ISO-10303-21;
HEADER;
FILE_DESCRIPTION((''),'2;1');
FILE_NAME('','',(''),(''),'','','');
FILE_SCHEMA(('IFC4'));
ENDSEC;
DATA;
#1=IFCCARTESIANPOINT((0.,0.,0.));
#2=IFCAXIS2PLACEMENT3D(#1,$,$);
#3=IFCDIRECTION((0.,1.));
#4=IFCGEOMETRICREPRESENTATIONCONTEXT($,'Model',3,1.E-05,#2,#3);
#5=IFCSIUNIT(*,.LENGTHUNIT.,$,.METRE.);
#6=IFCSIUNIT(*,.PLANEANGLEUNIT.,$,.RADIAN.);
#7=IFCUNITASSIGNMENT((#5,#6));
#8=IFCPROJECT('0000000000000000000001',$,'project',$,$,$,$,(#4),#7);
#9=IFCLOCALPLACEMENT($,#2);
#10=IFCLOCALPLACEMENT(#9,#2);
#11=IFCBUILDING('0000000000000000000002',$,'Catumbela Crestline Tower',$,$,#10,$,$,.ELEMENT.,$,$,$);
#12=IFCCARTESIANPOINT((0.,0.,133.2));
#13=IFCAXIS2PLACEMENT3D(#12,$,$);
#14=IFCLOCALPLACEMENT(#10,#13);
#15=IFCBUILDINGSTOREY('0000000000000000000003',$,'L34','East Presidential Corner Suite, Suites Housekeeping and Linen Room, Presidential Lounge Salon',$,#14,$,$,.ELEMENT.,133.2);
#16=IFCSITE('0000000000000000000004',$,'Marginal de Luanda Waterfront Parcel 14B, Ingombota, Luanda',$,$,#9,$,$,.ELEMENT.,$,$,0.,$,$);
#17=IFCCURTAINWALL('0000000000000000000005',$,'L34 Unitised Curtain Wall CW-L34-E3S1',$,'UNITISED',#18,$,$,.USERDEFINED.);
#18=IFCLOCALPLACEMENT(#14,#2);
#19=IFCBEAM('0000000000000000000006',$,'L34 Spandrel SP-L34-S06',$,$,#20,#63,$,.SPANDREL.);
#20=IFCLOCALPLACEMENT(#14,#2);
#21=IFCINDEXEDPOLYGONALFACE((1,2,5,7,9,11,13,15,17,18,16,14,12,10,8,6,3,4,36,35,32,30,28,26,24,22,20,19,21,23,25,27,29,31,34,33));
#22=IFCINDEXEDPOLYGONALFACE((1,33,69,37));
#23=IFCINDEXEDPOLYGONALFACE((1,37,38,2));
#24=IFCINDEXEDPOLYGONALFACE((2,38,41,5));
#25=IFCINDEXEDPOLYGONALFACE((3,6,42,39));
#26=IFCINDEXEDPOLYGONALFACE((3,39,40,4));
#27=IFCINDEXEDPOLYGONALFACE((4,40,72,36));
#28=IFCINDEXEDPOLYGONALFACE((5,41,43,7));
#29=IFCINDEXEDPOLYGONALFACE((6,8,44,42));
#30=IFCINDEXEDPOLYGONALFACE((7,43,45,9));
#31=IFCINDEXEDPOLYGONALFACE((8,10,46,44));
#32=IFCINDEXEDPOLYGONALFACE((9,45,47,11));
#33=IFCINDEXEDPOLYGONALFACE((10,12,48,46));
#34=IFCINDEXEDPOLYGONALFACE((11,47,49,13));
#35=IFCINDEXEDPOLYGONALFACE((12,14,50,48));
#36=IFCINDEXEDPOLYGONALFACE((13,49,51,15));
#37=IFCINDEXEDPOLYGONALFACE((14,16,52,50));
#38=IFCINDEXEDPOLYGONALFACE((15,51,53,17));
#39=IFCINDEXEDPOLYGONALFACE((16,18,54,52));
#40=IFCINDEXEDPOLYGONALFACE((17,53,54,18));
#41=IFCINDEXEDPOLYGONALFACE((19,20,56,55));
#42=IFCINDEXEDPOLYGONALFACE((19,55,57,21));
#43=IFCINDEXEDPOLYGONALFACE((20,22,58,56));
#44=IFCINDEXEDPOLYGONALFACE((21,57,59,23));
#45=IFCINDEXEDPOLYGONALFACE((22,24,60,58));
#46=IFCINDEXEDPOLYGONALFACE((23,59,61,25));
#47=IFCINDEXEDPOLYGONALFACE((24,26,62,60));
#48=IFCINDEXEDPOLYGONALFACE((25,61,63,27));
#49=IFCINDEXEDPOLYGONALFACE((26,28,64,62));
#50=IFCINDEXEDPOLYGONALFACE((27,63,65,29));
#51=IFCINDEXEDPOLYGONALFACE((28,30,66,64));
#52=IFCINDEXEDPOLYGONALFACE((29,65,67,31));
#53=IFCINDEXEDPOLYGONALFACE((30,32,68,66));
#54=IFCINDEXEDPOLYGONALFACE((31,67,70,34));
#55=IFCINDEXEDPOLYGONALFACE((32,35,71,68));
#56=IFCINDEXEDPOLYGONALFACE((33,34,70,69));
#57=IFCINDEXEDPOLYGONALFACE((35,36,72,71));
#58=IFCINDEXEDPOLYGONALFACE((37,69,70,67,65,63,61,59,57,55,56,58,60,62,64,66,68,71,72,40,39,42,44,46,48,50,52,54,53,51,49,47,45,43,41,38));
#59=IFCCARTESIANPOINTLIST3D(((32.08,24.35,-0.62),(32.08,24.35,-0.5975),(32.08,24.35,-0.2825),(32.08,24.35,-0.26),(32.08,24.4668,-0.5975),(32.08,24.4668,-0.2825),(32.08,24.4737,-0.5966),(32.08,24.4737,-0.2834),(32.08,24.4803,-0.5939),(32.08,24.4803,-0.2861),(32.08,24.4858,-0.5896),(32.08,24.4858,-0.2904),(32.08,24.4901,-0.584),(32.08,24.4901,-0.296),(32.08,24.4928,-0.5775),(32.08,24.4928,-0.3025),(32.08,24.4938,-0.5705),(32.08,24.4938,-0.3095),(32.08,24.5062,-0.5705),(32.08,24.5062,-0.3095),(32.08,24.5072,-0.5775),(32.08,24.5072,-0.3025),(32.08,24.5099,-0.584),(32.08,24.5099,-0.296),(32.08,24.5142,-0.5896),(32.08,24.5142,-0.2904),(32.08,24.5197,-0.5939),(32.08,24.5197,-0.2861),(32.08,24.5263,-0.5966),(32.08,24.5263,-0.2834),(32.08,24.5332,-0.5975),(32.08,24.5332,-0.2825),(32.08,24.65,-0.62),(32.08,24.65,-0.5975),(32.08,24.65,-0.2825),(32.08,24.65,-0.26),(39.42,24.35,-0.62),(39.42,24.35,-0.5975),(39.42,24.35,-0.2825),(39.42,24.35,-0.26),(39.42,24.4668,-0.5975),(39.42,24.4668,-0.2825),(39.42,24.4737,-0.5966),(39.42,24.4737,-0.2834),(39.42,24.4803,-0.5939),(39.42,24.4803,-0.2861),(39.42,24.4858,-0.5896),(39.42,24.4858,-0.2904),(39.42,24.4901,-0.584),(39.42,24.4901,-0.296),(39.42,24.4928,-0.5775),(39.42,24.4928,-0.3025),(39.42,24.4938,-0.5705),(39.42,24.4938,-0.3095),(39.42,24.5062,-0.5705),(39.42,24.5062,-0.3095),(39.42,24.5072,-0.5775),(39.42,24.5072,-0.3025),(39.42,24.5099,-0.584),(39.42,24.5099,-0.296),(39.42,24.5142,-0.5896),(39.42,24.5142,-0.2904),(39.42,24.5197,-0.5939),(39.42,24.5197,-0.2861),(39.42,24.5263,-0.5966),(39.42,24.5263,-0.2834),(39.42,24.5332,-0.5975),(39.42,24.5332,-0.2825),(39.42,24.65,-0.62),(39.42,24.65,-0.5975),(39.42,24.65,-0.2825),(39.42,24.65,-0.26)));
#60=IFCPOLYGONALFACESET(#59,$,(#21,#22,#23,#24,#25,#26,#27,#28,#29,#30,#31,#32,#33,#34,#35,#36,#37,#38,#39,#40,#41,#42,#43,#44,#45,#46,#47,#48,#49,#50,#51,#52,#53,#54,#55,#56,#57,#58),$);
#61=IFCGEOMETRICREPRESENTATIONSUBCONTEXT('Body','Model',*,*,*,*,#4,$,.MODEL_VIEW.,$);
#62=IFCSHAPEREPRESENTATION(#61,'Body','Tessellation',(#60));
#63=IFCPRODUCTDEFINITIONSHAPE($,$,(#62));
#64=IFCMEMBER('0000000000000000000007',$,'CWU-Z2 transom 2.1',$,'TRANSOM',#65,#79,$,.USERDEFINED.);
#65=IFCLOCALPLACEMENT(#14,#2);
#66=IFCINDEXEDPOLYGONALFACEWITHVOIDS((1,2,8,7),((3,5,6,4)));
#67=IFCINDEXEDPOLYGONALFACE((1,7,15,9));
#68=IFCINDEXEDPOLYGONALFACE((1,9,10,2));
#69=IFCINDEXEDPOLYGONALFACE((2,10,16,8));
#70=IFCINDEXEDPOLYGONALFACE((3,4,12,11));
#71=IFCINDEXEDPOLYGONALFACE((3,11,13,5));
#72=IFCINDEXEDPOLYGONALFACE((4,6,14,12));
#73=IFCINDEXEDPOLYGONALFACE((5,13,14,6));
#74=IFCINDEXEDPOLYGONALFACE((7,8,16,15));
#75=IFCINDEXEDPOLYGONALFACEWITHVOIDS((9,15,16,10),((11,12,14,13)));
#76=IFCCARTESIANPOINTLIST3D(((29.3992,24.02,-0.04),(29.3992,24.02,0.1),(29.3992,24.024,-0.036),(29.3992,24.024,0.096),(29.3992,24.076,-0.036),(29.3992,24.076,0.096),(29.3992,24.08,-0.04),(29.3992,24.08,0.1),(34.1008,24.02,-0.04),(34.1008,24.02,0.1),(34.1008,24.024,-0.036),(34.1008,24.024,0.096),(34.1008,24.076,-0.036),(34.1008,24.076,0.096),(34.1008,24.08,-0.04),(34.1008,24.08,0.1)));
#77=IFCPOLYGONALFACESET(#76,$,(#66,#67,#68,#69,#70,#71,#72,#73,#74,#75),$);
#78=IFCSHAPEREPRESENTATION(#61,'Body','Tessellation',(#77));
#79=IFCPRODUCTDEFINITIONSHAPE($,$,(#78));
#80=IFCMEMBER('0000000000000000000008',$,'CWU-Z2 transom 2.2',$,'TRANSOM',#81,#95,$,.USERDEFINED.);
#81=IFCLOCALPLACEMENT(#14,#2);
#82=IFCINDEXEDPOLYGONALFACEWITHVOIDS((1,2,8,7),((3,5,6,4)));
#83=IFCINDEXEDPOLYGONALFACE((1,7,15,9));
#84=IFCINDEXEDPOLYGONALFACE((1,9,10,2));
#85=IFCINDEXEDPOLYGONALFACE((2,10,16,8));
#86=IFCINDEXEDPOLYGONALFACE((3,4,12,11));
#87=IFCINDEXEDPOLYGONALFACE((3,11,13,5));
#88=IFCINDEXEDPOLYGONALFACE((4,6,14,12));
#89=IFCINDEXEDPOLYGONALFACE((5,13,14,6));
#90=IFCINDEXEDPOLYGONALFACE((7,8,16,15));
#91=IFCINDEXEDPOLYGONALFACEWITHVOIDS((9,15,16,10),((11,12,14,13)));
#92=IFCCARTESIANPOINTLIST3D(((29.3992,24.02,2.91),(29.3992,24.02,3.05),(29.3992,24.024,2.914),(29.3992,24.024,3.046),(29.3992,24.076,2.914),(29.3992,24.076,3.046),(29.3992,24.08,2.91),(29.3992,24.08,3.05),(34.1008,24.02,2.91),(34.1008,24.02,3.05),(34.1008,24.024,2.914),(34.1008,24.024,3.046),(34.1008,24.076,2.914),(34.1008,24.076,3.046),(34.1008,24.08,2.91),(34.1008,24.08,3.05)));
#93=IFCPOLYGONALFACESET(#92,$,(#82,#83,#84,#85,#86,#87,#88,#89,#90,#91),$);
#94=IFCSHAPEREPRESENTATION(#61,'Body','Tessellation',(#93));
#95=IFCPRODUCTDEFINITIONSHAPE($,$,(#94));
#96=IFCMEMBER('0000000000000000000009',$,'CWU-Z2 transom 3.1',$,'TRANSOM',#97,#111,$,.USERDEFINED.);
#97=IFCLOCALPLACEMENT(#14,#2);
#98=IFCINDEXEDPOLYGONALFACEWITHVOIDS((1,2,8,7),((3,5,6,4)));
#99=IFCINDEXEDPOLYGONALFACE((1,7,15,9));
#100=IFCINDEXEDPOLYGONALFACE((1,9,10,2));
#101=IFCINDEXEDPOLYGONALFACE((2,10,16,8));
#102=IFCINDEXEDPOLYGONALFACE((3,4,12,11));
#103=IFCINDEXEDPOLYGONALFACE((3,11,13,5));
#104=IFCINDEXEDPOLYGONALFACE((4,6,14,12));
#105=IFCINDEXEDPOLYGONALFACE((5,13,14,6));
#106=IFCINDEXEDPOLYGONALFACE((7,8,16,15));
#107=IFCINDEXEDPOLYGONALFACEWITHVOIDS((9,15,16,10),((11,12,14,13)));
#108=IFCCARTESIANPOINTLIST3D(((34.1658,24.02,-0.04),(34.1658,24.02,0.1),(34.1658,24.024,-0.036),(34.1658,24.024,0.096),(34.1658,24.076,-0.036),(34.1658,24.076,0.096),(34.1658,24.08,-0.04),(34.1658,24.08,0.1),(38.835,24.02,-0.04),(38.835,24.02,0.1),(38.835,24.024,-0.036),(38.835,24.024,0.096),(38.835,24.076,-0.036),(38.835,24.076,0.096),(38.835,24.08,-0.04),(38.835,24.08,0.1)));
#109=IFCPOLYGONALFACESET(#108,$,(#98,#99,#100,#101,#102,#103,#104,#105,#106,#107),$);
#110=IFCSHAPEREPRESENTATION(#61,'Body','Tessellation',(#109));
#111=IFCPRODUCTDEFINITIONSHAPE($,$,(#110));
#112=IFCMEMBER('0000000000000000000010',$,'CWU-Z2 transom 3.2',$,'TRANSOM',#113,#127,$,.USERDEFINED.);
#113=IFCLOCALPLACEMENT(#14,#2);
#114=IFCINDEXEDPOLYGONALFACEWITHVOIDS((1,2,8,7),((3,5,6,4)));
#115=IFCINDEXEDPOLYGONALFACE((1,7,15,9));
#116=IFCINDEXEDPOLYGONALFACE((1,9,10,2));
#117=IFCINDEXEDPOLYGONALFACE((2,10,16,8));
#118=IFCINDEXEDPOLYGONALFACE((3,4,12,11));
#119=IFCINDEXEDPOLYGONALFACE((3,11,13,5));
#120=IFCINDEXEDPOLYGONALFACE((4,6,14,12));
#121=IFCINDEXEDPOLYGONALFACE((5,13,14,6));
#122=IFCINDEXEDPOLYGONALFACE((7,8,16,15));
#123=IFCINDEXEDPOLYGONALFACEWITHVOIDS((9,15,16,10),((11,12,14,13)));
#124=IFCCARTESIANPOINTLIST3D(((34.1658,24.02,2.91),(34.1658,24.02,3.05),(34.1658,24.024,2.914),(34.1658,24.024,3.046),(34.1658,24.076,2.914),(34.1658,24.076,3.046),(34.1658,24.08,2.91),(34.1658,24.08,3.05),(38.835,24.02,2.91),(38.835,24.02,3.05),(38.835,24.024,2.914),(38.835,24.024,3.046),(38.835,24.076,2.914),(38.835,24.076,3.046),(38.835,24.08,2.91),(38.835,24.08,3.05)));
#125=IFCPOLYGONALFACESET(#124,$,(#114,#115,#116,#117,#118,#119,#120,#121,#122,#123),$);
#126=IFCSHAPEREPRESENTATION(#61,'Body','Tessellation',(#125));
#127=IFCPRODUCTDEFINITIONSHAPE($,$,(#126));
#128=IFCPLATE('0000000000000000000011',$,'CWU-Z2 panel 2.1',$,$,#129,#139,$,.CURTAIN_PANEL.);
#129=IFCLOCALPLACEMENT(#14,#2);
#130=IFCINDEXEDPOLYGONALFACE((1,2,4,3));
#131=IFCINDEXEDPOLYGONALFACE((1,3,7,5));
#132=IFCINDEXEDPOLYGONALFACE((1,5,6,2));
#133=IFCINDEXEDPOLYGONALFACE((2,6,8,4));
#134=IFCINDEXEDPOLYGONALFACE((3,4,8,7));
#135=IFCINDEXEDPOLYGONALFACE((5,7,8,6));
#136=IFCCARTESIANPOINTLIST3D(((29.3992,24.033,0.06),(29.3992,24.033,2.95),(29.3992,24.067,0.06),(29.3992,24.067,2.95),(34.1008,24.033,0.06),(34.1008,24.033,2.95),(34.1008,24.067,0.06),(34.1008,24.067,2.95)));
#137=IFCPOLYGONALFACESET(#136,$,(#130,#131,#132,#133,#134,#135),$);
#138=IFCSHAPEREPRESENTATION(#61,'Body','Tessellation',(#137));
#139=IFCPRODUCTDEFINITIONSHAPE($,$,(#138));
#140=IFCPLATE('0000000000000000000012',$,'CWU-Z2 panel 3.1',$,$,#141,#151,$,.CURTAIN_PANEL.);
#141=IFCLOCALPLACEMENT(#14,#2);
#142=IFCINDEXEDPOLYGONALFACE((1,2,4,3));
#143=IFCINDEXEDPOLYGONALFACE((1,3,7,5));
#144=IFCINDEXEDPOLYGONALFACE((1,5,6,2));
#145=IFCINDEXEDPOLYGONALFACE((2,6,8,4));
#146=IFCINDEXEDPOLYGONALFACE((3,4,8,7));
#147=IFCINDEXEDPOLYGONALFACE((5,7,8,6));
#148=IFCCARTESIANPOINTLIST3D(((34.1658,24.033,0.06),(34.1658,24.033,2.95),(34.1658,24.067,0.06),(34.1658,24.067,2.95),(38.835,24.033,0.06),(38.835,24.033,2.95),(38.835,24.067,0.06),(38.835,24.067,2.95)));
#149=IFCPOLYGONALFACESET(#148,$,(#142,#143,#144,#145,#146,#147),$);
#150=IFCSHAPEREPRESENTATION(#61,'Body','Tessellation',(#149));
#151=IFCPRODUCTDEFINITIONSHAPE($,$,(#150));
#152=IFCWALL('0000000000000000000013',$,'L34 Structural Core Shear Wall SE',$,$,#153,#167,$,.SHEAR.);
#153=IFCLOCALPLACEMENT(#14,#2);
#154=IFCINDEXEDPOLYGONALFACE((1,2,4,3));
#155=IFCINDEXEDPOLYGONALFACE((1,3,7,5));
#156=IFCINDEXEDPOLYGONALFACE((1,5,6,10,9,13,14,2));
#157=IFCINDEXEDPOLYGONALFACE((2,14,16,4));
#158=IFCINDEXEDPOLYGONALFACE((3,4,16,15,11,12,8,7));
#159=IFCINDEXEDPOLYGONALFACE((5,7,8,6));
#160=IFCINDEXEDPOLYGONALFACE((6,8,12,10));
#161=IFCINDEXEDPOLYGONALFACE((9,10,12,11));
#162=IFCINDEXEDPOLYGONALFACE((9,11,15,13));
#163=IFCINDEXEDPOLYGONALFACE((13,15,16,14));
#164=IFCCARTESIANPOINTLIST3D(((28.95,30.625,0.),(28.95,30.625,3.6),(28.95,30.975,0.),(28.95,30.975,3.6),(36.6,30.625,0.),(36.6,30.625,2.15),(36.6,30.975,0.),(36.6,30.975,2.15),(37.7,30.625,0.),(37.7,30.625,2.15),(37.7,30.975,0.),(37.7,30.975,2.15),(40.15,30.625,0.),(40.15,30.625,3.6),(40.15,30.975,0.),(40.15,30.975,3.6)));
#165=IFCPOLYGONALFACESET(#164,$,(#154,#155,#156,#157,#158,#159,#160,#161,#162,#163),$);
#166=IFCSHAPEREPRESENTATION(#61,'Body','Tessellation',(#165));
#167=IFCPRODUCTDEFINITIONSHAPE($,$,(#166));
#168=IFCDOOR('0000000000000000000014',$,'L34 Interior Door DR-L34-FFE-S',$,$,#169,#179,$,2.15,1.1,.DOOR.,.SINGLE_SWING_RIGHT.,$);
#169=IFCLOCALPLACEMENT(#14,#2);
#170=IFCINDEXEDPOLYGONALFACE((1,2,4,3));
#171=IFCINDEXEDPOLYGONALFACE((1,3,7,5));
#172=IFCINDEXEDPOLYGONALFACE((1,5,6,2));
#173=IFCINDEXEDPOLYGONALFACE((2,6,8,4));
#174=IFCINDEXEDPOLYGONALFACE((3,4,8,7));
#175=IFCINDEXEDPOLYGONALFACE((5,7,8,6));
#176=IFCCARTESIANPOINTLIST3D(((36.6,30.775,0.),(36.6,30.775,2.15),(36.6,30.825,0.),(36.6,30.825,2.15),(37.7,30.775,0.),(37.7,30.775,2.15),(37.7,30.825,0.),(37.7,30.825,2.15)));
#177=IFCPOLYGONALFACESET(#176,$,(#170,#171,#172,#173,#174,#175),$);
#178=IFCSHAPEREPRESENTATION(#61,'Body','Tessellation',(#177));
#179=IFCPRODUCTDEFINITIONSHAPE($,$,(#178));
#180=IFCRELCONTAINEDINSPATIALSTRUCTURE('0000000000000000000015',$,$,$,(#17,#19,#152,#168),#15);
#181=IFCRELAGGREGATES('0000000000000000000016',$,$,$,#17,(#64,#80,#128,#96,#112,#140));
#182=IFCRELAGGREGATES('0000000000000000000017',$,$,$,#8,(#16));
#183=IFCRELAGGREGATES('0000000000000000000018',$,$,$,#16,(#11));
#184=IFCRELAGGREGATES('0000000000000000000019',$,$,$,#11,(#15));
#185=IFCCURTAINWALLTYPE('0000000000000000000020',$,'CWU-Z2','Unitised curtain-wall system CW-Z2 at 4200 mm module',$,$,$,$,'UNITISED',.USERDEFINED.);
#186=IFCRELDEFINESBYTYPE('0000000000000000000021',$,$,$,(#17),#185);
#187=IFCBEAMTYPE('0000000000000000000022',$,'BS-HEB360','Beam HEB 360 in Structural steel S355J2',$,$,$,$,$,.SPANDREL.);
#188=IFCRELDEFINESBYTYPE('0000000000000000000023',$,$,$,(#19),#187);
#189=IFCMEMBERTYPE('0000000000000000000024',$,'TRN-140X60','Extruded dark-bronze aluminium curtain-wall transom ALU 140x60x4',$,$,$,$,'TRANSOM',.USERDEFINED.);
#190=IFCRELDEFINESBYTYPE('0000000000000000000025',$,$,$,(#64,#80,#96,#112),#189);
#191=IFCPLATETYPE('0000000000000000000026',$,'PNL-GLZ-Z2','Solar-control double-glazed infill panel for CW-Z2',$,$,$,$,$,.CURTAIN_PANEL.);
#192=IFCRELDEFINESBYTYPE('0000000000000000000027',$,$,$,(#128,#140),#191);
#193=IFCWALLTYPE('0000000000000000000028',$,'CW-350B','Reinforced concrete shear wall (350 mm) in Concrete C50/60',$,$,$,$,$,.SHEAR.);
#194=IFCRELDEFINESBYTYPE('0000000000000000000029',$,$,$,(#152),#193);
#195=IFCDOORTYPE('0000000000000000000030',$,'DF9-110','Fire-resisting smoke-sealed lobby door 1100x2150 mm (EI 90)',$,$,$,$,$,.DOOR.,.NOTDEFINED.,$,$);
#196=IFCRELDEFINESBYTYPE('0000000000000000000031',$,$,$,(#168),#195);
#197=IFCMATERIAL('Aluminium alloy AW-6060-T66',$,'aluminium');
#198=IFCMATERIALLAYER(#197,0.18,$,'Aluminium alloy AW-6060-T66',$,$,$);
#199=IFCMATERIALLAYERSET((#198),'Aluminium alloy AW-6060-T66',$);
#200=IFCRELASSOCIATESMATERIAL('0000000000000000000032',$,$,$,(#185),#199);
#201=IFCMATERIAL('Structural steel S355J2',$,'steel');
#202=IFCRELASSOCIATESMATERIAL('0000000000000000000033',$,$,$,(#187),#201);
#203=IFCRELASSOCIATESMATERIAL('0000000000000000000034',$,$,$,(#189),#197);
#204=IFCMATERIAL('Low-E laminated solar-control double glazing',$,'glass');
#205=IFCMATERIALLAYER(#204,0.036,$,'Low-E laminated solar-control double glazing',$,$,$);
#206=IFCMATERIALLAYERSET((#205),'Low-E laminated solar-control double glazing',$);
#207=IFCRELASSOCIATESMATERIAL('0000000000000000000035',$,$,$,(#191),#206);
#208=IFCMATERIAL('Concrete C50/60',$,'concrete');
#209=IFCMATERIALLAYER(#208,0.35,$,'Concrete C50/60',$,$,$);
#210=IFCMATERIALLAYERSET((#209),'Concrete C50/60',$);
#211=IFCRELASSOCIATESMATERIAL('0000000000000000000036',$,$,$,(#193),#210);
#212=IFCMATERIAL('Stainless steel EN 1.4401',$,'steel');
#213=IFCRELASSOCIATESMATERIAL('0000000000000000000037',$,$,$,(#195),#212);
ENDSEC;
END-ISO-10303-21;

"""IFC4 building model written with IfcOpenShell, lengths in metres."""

from ifc_helpers import new_model, si_unit, direction, frame, frame_2d, origin, origin_2d, place, context, subcontext, project, spatial, rectangle, hollow_rectangle, i_section, extrude, material, layer, layer_set, material_profile, profile_set, type_object, element, fill, aggregate, save


model = new_model("IFC4")

# Units and contexts
model_context = context("Model", 3, precision=1e-05, world=origin(), true_north=direction((0.0, 1.0)))
body_context = subcontext(model_context, "Body", "Model", "MODEL_VIEW")
ifc_project = project(units=[si_unit("LENGTHUNIT", "METRE"), si_unit("PLANEANGLEUNIT", "RADIAN")], contexts=[model_context])

# Site, building, storey
site_placement = place(None, origin())
site = spatial("IfcSite", under=ifc_project, at=site_placement, Name="Marginal de Luanda Waterfront Parcel 14B, Ingombota, Luanda", CompositionType="ELEMENT", RefElevation=0.0)
building_placement = place(site_placement, origin())
building = spatial("IfcBuilding", under=site, at=building_placement, Name="Catumbela Crestline Tower", CompositionType="ELEMENT")
storey_placement = place(building_placement, frame((0.0, 0.0, 133.2)))
storey = spatial("IfcBuildingStorey", under=building, at=storey_placement, Name="L34", Description="East Presidential Corner Suite, Suites Housekeeping and Linen Room, Presidential Lounge Salon", CompositionType="ELEMENT", Elevation=133.2)

# Shared definitions
ifc_material_1 = material(Name="Structural steel S355J2", Category="steel")

# Curtain wall
ifc_material_2 = material(Name="Aluminium alloy AW-6060-T66", Category="aluminium")
ifc_layer_1 = layer(ifc_material_2, 0.18, Name="Aluminium alloy AW-6060-T66")
ifc_layer_set_1 = layer_set([ifc_layer_1], Name="Aluminium alloy AW-6060-T66")
curtain_wall_type = type_object("IfcCurtainWallType", Name="CWU-Z2", Description="Unitised curtain-wall system CW-Z2 at 4200 mm module", ElementType="UNITISED", PredefinedType="USERDEFINED", material=ifc_layer_set_1)
curtain_wall_placement = place(storey_placement, origin())
curtain_wall = element("IfcCurtainWall", 1, at=curtain_wall_placement, inside=storey, type_object=curtain_wall_type, Name="L34 Unitised Curtain Wall CW-L34-E3S1", ObjectType="UNITISED", PredefinedType="USERDEFINED")

# Beam
ifc_material_profile_1 = material_profile(ifc_material_1, i_section(OverallWidth=0.3, OverallDepth=0.36, WebThickness=0.0125, FlangeThickness=0.0225, FilletRadius=0.027, at=origin_2d()), Name="HEB 360")
ifc_profile_set_1 = profile_set([ifc_material_profile_1], Name="Structural steel S355J2")
beam_type_1 = type_object("IfcBeamType", Name="BS-HEB360", Description="Beam HEB 360 in Structural steel S355J2", PredefinedType="SPANDREL", material=ifc_profile_set_1)
beam_placement = place(storey_placement, frame((32.08, 24.5, -0.44), z_axis=(1.0, 0.0, 0.0), x_axis=(0.0, 1.0, 0.0)))
element("IfcBeam", 2, at=beam_placement, inside=storey, type_object=beam_type_1, Name="L34 Spandrel SP-L34-S06", PredefinedType="SPANDREL", context=body_context, shape_type="SweptSolid", body=[
    extrude(i_section(OverallWidth=0.3, OverallDepth=0.36, WebThickness=0.0125, FlangeThickness=0.0225, FilletRadius=0.027, at=origin_2d()), origin(), (0.0, 0.0, 1.0), 7.34),
])

# Members
ifc_material_profile_2 = material_profile(ifc_material_2, hollow_rectangle(XDim=0.06, YDim=0.14, WallThickness=0.004, at=origin_2d()), Name="ALU 140x60x4")
ifc_profile_set_2 = profile_set([ifc_material_profile_2], Name="Aluminium alloy AW-6060-T66")
member_type_1 = type_object("IfcMemberType", Name="TRN-140X60", Description="Extruded dark-bronze aluminium curtain-wall transom ALU 140x60x4", ElementType="TRANSOM", PredefinedType="USERDEFINED", material=ifc_profile_set_2)
member_1_placement = place(storey_placement, frame((29.3992, 24.05, 0.03), z_axis=(1.0, 0.0, 0.0), x_axis=(0.0, 1.0, 0.0)))
member_1 = element("IfcMember", 3, at=member_1_placement, type_object=member_type_1, Name="CWU-Z2 transom 2.1", ObjectType="TRANSOM", PredefinedType="USERDEFINED", context=body_context, shape_type="SweptSolid", body=[
    extrude(hollow_rectangle(XDim=0.06, YDim=0.14, WallThickness=0.004, at=origin_2d()), origin(), (0.0, 0.0, 1.0), 4.7016),
])
member_2_placement = place(storey_placement, frame((29.3992, 24.05, 2.98), z_axis=(1.0, 0.0, 0.0), x_axis=(0.0, 1.0, 0.0)))
member_2 = element("IfcMember", 4, at=member_2_placement, type_object=member_type_1, Name="CWU-Z2 transom 2.2", ObjectType="TRANSOM", PredefinedType="USERDEFINED", context=body_context, shape_type="SweptSolid", body=[
    extrude(hollow_rectangle(XDim=0.06, YDim=0.14, WallThickness=0.004, at=origin_2d()), origin(), (0.0, 0.0, 1.0), 4.7016),
])
member_3_placement = place(storey_placement, frame((34.1658, 24.05, 0.03), z_axis=(1.0, 0.0, 0.0), x_axis=(0.0, 1.0, 0.0)))
member_3 = element("IfcMember", 5, at=member_3_placement, type_object=member_type_1, Name="CWU-Z2 transom 3.1", ObjectType="TRANSOM", PredefinedType="USERDEFINED", context=body_context, shape_type="SweptSolid", body=[
    extrude(hollow_rectangle(XDim=0.06, YDim=0.14, WallThickness=0.004, at=origin_2d()), origin(), (0.0, 0.0, 1.0), 4.6692),
])
member_4_placement = place(storey_placement, frame((34.1658, 24.05, 2.98), z_axis=(1.0, 0.0, 0.0), x_axis=(0.0, 1.0, 0.0)))
member_4 = element("IfcMember", 6, at=member_4_placement, type_object=member_type_1, Name="CWU-Z2 transom 3.2", ObjectType="TRANSOM", PredefinedType="USERDEFINED", context=body_context, shape_type="SweptSolid", body=[
    extrude(hollow_rectangle(XDim=0.06, YDim=0.14, WallThickness=0.004, at=origin_2d()), origin(), (0.0, 0.0, 1.0), 4.6692),
])

# Plates
ifc_material_3 = material(Name="Low-E laminated solar-control double glazing", Category="glass")
ifc_layer_2 = layer(ifc_material_3, 0.036, Name="Low-E laminated solar-control double glazing")
ifc_layer_set_2 = layer_set([ifc_layer_2], Name="Low-E laminated solar-control double glazing")
plate_type = type_object("IfcPlateType", Name="PNL-GLZ-Z2", Description="Solar-control double-glazed infill panel for CW-Z2", PredefinedType="CURTAIN_PANEL", material=ifc_layer_set_2)
plate_1_placement = place(storey_placement, frame((31.75, 24.05, 0.06), z_axis=(0.0, 0.0, 1.0), x_axis=(1.0, 0.0, 0.0)))
plate_1 = element("IfcPlate", 7, at=plate_1_placement, type_object=plate_type, Name="CWU-Z2 panel 2.1", PredefinedType="CURTAIN_PANEL", context=body_context, shape_type="SweptSolid", body=[
    extrude(rectangle(XDim=4.7017, YDim=0.034, at=origin_2d()), origin(), (0.0, 0.0, 1.0), 2.89),
])
plate_2_placement = place(storey_placement, frame((36.5004, 24.05, 0.06), z_axis=(0.0, 0.0, 1.0), x_axis=(1.0, 0.0, 0.0)))
plate_2 = element("IfcPlate", 8, at=plate_2_placement, type_object=plate_type, Name="CWU-Z2 panel 3.1", PredefinedType="CURTAIN_PANEL", context=body_context, shape_type="SweptSolid", body=[
    extrude(rectangle(XDim=4.6692, YDim=0.034, at=origin_2d()), origin(), (0.0, 0.0, 1.0), 2.89),
])
aggregate(curtain_wall, [member_1, member_2, plate_1, member_3, member_4, plate_2])

# Wall, opening, door
ifc_material_4 = material(Name="Concrete C50/60", Category="concrete")
ifc_layer_3 = layer(ifc_material_4, 0.35, Name="Concrete C50/60")
ifc_layer_set_3 = layer_set([ifc_layer_3], Name="Concrete C50/60")
wall_type_1 = type_object("IfcWallType", Name="CW-350B", Description="Reinforced concrete shear wall (350 mm) in Concrete C50/60", PredefinedType="SHEAR", material=ifc_layer_set_3)
wall_1_placement = place(storey_placement, frame((28.95, 30.8, 0.0), z_axis=(0.0, 0.0, 1.0), x_axis=(1.0, 0.0, 0.0)))
wall_1 = element("IfcWall", 9, at=wall_1_placement, inside=storey, type_object=wall_type_1, Name="L34 Structural Core Shear Wall SE", PredefinedType="SHEAR", context=body_context, shape_type="SweptSolid", body=[
    extrude(rectangle(XDim=11.2, YDim=0.35, at=frame_2d((5.6, 0.0))), origin(), (0.0, 0.0, 1.0), 3.6),
])
opening_1_placement = place(wall_1_placement, frame((7.65, 0.0, 0.0)))
opening_1 = element("IfcOpeningElement", 10, at=opening_1_placement, cuts=wall_1, PredefinedType="OPENING", context=body_context, shape_type="SweptSolid", body=[
    extrude(rectangle(XDim=1.1, YDim=2.15, at=frame_2d((0.55, 1.075))), frame((0.0, 0.185, 0.0), z_axis=(0.0, -1.0, 0.0), x_axis=(1.0, 0.0, 0.0)), (0.0, 0.0, 1.0), 0.37),
])
ifc_material_5 = material(Name="Stainless steel EN 1.4401", Category="steel")
door_type_1 = type_object("IfcDoorType", Name="DF9-110", Description="Fire-resisting smoke-sealed lobby door 1100x2150 mm (EI 90)", OperationType="NOTDEFINED", PredefinedType="DOOR", material=ifc_material_5)
door_1_placement = place(opening_1_placement, origin())
door_1 = element("IfcDoor", 11, at=door_1_placement, inside=storey, type_object=door_type_1, Name="L34 Interior Door DR-L34-FFE-S", OperationType="SINGLE_SWING_RIGHT", OverallHeight=2.15, OverallWidth=1.1, PredefinedType="DOOR", context=body_context, shape_type="SweptSolid", body=[
    extrude(rectangle(XDim=1.1, YDim=2.15, at=frame_2d((0.55, 1.075))), frame((0.0, 0.025, 0.0), z_axis=(0.0, -1.0, 0.0), x_axis=(1.0, 0.0, 0.0)), (0.0, 0.0, 1.0), 0.05),
])
fill(opening_1, door_1)

save(model, "model.ifc")
